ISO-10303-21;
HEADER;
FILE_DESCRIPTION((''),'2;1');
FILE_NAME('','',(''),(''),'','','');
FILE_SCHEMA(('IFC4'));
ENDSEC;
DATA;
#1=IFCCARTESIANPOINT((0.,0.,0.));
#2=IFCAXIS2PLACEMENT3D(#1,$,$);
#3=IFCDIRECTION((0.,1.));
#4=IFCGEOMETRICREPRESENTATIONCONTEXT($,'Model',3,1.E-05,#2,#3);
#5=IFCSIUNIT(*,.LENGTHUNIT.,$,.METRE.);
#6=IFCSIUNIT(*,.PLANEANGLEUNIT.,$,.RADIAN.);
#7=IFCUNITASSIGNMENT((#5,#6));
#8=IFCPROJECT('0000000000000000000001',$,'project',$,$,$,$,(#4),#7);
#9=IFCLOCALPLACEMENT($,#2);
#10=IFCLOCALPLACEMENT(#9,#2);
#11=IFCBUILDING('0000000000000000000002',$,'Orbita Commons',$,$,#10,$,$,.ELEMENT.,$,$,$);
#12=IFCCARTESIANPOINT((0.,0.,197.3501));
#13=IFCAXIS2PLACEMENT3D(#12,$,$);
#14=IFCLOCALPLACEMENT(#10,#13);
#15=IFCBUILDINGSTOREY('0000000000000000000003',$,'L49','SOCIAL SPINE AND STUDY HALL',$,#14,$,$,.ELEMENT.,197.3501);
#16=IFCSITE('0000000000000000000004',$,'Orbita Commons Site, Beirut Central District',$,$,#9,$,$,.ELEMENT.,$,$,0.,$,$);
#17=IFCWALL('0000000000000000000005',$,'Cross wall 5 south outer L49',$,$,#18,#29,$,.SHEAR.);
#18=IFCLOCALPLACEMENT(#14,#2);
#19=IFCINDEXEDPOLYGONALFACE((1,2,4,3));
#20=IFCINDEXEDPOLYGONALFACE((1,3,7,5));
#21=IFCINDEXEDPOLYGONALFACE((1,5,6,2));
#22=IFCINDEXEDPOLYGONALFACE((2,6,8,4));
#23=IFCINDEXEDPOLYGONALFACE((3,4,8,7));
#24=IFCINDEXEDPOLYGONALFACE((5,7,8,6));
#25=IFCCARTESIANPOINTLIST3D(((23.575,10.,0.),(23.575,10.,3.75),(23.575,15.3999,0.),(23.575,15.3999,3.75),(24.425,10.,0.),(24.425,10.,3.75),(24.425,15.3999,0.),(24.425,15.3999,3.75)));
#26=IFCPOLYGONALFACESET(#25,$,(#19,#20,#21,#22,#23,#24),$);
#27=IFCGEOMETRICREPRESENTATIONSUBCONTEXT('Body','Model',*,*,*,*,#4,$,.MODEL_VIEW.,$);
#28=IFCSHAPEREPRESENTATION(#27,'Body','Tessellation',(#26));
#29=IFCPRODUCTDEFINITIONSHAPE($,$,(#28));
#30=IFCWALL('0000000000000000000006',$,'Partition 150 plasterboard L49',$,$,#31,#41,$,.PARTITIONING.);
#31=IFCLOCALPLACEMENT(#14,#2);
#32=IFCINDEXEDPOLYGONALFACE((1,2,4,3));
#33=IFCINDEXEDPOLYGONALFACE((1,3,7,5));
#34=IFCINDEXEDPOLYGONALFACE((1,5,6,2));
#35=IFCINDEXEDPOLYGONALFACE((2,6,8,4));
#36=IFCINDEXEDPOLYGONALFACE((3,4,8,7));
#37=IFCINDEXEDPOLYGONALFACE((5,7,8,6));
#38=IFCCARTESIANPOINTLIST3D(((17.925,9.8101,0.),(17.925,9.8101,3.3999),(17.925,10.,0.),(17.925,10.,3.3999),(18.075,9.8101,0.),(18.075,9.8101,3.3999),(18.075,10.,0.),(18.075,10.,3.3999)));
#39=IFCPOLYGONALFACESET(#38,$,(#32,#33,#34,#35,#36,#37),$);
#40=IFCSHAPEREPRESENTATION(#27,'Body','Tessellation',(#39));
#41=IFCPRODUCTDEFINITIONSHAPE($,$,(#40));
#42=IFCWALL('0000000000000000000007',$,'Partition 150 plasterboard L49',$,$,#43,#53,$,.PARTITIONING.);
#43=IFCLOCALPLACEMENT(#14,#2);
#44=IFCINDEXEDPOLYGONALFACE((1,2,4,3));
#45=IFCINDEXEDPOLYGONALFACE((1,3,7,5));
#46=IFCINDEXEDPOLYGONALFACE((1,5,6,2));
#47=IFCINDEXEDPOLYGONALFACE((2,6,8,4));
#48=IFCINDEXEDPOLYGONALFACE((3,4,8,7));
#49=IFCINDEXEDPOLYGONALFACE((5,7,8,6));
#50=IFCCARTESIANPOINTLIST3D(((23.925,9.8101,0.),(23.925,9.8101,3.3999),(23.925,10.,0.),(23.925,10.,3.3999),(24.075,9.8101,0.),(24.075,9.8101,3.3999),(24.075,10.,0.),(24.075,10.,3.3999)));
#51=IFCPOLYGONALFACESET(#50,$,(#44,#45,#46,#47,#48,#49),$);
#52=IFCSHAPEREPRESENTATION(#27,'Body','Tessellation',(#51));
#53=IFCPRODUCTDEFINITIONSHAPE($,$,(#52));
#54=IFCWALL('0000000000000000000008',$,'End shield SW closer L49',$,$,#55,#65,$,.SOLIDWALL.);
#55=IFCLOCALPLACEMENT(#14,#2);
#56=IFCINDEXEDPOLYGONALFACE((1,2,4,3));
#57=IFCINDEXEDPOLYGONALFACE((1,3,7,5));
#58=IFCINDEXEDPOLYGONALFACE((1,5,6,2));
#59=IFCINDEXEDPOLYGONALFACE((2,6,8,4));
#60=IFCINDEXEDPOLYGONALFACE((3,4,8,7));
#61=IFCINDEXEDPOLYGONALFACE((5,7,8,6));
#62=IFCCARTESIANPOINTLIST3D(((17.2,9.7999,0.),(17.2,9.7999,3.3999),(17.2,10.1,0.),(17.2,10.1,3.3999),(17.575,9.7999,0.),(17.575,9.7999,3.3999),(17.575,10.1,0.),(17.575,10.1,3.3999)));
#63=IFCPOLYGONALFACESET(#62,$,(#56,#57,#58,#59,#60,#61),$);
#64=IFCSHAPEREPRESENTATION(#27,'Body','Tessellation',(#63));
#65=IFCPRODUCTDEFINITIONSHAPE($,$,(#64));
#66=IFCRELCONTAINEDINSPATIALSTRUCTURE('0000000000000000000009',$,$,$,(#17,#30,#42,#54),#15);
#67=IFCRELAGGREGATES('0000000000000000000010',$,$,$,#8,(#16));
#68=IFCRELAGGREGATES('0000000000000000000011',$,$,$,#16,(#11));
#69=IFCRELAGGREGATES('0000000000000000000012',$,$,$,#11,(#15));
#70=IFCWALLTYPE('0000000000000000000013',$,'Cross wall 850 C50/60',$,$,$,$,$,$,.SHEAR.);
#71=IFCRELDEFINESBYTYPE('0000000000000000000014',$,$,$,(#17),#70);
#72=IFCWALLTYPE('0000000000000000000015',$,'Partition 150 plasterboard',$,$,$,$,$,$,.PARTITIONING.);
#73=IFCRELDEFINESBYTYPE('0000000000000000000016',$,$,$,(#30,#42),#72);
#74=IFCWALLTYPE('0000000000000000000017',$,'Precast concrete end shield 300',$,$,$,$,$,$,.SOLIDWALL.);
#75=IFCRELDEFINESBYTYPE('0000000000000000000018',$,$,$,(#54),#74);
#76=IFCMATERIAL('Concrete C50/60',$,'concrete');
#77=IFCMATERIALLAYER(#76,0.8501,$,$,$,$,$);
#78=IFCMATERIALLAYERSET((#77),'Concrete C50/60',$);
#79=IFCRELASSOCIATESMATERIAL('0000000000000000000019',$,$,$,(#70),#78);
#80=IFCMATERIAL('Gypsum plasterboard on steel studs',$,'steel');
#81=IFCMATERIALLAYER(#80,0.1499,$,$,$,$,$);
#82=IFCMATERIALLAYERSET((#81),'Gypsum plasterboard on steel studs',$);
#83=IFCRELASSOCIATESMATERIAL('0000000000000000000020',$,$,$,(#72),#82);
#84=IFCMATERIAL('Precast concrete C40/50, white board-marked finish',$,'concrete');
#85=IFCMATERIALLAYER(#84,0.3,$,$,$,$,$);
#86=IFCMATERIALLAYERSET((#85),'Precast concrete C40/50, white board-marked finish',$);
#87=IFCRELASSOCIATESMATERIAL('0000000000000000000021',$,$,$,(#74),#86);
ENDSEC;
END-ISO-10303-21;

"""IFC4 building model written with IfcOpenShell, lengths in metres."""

from ifc_helpers import new_model, si_unit, direction, frame, frame_2d, origin, place, context, subcontext, project, spatial, rectangle, extrude, material, layer, layer_set, type_object, element, save


model = new_model("IFC4")

# Units and contexts
model_context = context("Model", 3, precision=1e-05, world=origin(), true_north=direction((0.0, 1.0)))
body_context = subcontext(model_context, "Body", "Model", "MODEL_VIEW")
ifc_project = project(units=[si_unit("LENGTHUNIT", "METRE"), si_unit("PLANEANGLEUNIT", "RADIAN")], contexts=[model_context])

# Site, building, storey
site_placement = place(None, origin())
site = spatial("IfcSite", under=ifc_project, at=site_placement, Name="Orbita Commons Site, Beirut Central District", CompositionType="ELEMENT", RefElevation=0.0)
building_placement = place(site_placement, origin())
building = spatial("IfcBuilding", under=site, at=building_placement, Name="Orbita Commons", CompositionType="ELEMENT")
storey_placement = place(building_placement, frame((0.0, 0.0, 197.3501)))
storey = spatial("IfcBuildingStorey", under=building, at=storey_placement, Name="L49", Description="SOCIAL SPINE AND STUDY HALL", CompositionType="ELEMENT", Elevation=197.3501)

# Walls
ifc_material_1 = material(Name="Concrete C50/60", Category="concrete")
ifc_layer_1 = layer(ifc_material_1, 0.8501)
ifc_layer_set_1 = layer_set([ifc_layer_1], Name="Concrete C50/60")
wall_type_1 = type_object("IfcWallType", Name="Cross wall 850 C50/60", PredefinedType="SHEAR", material=ifc_layer_set_1)
for number, where, z_axis, x_axis, name in (
    (1, (24.0, 10.0, 0.0), (0.0, 0.0, 1.0), (0.0, 1.0, 0.0), "Cross wall 5 south outer L49"),
):
    element("IfcWall", number, at=place(storey_placement, frame(where, z_axis=z_axis, x_axis=x_axis)), inside=storey, type_object=wall_type_1, Name=name, PredefinedType="SHEAR", context=body_context, shape_type="SweptSolid", body=[
        extrude(rectangle(XDim=5.3999, YDim=0.8501, at=frame_2d((2.7, 0.0))), origin(), (0.0, 0.0, 1.0), 3.75),
    ])
ifc_material_2 = material(Name="Gypsum plasterboard on steel studs", Category="steel")
ifc_layer_2 = layer(ifc_material_2, 0.1499)
ifc_layer_set_2 = layer_set([ifc_layer_2], Name="Gypsum plasterboard on steel studs")
wall_type_2 = type_object("IfcWallType", Name="Partition 150 plasterboard", PredefinedType="PARTITIONING", material=ifc_layer_set_2)
for number, where, z_axis, x_axis, name in (
    (2, (18.0, 10.0, 0.0), (0.0, 0.0, 1.0), (0.0, -1.0, 0.0), "Partition 150 plasterboard L49"),
    (3, (24.0, 10.0, 0.0), (0.0, 0.0, 1.0), (0.0, -1.0, 0.0), "Partition 150 plasterboard L49"),
):
    element("IfcWall", number, at=place(storey_placement, frame(where, z_axis=z_axis, x_axis=x_axis)), inside=storey, type_object=wall_type_2, Name=name, PredefinedType="PARTITIONING", context=body_context, shape_type="SweptSolid", body=[
        extrude(rectangle(XDim=0.1899, YDim=0.1499, at=frame_2d((0.095, 0.0))), origin(), (0.0, 0.0, 1.0), 3.3999),
    ])
ifc_material_3 = material(Name="Precast concrete C40/50, white board-marked finish", Category="concrete")
ifc_layer_3 = layer(ifc_material_3, 0.3)
ifc_layer_set_3 = layer_set([ifc_layer_3], Name="Precast concrete C40/50, white board-marked finish")
wall_type_3 = type_object("IfcWallType", Name="Precast concrete end shield 300", PredefinedType="SOLIDWALL", material=ifc_layer_set_3)
wall_placement = place(storey_placement, frame((17.2, 9.95, 0.0), z_axis=(0.0, 0.0, 1.0), x_axis=(1.0, 0.0, 0.0)))
element("IfcWall", 4, at=wall_placement, inside=storey, type_object=wall_type_3, Name="End shield SW closer L49", PredefinedType="SOLIDWALL", context=body_context, shape_type="SweptSolid", body=[
    extrude(rectangle(XDim=0.375, YDim=0.3, at=frame_2d((0.1875, 0.0))), origin(), (0.0, 0.0, 1.0), 3.3999),
])

save(model, "model.ifc")
